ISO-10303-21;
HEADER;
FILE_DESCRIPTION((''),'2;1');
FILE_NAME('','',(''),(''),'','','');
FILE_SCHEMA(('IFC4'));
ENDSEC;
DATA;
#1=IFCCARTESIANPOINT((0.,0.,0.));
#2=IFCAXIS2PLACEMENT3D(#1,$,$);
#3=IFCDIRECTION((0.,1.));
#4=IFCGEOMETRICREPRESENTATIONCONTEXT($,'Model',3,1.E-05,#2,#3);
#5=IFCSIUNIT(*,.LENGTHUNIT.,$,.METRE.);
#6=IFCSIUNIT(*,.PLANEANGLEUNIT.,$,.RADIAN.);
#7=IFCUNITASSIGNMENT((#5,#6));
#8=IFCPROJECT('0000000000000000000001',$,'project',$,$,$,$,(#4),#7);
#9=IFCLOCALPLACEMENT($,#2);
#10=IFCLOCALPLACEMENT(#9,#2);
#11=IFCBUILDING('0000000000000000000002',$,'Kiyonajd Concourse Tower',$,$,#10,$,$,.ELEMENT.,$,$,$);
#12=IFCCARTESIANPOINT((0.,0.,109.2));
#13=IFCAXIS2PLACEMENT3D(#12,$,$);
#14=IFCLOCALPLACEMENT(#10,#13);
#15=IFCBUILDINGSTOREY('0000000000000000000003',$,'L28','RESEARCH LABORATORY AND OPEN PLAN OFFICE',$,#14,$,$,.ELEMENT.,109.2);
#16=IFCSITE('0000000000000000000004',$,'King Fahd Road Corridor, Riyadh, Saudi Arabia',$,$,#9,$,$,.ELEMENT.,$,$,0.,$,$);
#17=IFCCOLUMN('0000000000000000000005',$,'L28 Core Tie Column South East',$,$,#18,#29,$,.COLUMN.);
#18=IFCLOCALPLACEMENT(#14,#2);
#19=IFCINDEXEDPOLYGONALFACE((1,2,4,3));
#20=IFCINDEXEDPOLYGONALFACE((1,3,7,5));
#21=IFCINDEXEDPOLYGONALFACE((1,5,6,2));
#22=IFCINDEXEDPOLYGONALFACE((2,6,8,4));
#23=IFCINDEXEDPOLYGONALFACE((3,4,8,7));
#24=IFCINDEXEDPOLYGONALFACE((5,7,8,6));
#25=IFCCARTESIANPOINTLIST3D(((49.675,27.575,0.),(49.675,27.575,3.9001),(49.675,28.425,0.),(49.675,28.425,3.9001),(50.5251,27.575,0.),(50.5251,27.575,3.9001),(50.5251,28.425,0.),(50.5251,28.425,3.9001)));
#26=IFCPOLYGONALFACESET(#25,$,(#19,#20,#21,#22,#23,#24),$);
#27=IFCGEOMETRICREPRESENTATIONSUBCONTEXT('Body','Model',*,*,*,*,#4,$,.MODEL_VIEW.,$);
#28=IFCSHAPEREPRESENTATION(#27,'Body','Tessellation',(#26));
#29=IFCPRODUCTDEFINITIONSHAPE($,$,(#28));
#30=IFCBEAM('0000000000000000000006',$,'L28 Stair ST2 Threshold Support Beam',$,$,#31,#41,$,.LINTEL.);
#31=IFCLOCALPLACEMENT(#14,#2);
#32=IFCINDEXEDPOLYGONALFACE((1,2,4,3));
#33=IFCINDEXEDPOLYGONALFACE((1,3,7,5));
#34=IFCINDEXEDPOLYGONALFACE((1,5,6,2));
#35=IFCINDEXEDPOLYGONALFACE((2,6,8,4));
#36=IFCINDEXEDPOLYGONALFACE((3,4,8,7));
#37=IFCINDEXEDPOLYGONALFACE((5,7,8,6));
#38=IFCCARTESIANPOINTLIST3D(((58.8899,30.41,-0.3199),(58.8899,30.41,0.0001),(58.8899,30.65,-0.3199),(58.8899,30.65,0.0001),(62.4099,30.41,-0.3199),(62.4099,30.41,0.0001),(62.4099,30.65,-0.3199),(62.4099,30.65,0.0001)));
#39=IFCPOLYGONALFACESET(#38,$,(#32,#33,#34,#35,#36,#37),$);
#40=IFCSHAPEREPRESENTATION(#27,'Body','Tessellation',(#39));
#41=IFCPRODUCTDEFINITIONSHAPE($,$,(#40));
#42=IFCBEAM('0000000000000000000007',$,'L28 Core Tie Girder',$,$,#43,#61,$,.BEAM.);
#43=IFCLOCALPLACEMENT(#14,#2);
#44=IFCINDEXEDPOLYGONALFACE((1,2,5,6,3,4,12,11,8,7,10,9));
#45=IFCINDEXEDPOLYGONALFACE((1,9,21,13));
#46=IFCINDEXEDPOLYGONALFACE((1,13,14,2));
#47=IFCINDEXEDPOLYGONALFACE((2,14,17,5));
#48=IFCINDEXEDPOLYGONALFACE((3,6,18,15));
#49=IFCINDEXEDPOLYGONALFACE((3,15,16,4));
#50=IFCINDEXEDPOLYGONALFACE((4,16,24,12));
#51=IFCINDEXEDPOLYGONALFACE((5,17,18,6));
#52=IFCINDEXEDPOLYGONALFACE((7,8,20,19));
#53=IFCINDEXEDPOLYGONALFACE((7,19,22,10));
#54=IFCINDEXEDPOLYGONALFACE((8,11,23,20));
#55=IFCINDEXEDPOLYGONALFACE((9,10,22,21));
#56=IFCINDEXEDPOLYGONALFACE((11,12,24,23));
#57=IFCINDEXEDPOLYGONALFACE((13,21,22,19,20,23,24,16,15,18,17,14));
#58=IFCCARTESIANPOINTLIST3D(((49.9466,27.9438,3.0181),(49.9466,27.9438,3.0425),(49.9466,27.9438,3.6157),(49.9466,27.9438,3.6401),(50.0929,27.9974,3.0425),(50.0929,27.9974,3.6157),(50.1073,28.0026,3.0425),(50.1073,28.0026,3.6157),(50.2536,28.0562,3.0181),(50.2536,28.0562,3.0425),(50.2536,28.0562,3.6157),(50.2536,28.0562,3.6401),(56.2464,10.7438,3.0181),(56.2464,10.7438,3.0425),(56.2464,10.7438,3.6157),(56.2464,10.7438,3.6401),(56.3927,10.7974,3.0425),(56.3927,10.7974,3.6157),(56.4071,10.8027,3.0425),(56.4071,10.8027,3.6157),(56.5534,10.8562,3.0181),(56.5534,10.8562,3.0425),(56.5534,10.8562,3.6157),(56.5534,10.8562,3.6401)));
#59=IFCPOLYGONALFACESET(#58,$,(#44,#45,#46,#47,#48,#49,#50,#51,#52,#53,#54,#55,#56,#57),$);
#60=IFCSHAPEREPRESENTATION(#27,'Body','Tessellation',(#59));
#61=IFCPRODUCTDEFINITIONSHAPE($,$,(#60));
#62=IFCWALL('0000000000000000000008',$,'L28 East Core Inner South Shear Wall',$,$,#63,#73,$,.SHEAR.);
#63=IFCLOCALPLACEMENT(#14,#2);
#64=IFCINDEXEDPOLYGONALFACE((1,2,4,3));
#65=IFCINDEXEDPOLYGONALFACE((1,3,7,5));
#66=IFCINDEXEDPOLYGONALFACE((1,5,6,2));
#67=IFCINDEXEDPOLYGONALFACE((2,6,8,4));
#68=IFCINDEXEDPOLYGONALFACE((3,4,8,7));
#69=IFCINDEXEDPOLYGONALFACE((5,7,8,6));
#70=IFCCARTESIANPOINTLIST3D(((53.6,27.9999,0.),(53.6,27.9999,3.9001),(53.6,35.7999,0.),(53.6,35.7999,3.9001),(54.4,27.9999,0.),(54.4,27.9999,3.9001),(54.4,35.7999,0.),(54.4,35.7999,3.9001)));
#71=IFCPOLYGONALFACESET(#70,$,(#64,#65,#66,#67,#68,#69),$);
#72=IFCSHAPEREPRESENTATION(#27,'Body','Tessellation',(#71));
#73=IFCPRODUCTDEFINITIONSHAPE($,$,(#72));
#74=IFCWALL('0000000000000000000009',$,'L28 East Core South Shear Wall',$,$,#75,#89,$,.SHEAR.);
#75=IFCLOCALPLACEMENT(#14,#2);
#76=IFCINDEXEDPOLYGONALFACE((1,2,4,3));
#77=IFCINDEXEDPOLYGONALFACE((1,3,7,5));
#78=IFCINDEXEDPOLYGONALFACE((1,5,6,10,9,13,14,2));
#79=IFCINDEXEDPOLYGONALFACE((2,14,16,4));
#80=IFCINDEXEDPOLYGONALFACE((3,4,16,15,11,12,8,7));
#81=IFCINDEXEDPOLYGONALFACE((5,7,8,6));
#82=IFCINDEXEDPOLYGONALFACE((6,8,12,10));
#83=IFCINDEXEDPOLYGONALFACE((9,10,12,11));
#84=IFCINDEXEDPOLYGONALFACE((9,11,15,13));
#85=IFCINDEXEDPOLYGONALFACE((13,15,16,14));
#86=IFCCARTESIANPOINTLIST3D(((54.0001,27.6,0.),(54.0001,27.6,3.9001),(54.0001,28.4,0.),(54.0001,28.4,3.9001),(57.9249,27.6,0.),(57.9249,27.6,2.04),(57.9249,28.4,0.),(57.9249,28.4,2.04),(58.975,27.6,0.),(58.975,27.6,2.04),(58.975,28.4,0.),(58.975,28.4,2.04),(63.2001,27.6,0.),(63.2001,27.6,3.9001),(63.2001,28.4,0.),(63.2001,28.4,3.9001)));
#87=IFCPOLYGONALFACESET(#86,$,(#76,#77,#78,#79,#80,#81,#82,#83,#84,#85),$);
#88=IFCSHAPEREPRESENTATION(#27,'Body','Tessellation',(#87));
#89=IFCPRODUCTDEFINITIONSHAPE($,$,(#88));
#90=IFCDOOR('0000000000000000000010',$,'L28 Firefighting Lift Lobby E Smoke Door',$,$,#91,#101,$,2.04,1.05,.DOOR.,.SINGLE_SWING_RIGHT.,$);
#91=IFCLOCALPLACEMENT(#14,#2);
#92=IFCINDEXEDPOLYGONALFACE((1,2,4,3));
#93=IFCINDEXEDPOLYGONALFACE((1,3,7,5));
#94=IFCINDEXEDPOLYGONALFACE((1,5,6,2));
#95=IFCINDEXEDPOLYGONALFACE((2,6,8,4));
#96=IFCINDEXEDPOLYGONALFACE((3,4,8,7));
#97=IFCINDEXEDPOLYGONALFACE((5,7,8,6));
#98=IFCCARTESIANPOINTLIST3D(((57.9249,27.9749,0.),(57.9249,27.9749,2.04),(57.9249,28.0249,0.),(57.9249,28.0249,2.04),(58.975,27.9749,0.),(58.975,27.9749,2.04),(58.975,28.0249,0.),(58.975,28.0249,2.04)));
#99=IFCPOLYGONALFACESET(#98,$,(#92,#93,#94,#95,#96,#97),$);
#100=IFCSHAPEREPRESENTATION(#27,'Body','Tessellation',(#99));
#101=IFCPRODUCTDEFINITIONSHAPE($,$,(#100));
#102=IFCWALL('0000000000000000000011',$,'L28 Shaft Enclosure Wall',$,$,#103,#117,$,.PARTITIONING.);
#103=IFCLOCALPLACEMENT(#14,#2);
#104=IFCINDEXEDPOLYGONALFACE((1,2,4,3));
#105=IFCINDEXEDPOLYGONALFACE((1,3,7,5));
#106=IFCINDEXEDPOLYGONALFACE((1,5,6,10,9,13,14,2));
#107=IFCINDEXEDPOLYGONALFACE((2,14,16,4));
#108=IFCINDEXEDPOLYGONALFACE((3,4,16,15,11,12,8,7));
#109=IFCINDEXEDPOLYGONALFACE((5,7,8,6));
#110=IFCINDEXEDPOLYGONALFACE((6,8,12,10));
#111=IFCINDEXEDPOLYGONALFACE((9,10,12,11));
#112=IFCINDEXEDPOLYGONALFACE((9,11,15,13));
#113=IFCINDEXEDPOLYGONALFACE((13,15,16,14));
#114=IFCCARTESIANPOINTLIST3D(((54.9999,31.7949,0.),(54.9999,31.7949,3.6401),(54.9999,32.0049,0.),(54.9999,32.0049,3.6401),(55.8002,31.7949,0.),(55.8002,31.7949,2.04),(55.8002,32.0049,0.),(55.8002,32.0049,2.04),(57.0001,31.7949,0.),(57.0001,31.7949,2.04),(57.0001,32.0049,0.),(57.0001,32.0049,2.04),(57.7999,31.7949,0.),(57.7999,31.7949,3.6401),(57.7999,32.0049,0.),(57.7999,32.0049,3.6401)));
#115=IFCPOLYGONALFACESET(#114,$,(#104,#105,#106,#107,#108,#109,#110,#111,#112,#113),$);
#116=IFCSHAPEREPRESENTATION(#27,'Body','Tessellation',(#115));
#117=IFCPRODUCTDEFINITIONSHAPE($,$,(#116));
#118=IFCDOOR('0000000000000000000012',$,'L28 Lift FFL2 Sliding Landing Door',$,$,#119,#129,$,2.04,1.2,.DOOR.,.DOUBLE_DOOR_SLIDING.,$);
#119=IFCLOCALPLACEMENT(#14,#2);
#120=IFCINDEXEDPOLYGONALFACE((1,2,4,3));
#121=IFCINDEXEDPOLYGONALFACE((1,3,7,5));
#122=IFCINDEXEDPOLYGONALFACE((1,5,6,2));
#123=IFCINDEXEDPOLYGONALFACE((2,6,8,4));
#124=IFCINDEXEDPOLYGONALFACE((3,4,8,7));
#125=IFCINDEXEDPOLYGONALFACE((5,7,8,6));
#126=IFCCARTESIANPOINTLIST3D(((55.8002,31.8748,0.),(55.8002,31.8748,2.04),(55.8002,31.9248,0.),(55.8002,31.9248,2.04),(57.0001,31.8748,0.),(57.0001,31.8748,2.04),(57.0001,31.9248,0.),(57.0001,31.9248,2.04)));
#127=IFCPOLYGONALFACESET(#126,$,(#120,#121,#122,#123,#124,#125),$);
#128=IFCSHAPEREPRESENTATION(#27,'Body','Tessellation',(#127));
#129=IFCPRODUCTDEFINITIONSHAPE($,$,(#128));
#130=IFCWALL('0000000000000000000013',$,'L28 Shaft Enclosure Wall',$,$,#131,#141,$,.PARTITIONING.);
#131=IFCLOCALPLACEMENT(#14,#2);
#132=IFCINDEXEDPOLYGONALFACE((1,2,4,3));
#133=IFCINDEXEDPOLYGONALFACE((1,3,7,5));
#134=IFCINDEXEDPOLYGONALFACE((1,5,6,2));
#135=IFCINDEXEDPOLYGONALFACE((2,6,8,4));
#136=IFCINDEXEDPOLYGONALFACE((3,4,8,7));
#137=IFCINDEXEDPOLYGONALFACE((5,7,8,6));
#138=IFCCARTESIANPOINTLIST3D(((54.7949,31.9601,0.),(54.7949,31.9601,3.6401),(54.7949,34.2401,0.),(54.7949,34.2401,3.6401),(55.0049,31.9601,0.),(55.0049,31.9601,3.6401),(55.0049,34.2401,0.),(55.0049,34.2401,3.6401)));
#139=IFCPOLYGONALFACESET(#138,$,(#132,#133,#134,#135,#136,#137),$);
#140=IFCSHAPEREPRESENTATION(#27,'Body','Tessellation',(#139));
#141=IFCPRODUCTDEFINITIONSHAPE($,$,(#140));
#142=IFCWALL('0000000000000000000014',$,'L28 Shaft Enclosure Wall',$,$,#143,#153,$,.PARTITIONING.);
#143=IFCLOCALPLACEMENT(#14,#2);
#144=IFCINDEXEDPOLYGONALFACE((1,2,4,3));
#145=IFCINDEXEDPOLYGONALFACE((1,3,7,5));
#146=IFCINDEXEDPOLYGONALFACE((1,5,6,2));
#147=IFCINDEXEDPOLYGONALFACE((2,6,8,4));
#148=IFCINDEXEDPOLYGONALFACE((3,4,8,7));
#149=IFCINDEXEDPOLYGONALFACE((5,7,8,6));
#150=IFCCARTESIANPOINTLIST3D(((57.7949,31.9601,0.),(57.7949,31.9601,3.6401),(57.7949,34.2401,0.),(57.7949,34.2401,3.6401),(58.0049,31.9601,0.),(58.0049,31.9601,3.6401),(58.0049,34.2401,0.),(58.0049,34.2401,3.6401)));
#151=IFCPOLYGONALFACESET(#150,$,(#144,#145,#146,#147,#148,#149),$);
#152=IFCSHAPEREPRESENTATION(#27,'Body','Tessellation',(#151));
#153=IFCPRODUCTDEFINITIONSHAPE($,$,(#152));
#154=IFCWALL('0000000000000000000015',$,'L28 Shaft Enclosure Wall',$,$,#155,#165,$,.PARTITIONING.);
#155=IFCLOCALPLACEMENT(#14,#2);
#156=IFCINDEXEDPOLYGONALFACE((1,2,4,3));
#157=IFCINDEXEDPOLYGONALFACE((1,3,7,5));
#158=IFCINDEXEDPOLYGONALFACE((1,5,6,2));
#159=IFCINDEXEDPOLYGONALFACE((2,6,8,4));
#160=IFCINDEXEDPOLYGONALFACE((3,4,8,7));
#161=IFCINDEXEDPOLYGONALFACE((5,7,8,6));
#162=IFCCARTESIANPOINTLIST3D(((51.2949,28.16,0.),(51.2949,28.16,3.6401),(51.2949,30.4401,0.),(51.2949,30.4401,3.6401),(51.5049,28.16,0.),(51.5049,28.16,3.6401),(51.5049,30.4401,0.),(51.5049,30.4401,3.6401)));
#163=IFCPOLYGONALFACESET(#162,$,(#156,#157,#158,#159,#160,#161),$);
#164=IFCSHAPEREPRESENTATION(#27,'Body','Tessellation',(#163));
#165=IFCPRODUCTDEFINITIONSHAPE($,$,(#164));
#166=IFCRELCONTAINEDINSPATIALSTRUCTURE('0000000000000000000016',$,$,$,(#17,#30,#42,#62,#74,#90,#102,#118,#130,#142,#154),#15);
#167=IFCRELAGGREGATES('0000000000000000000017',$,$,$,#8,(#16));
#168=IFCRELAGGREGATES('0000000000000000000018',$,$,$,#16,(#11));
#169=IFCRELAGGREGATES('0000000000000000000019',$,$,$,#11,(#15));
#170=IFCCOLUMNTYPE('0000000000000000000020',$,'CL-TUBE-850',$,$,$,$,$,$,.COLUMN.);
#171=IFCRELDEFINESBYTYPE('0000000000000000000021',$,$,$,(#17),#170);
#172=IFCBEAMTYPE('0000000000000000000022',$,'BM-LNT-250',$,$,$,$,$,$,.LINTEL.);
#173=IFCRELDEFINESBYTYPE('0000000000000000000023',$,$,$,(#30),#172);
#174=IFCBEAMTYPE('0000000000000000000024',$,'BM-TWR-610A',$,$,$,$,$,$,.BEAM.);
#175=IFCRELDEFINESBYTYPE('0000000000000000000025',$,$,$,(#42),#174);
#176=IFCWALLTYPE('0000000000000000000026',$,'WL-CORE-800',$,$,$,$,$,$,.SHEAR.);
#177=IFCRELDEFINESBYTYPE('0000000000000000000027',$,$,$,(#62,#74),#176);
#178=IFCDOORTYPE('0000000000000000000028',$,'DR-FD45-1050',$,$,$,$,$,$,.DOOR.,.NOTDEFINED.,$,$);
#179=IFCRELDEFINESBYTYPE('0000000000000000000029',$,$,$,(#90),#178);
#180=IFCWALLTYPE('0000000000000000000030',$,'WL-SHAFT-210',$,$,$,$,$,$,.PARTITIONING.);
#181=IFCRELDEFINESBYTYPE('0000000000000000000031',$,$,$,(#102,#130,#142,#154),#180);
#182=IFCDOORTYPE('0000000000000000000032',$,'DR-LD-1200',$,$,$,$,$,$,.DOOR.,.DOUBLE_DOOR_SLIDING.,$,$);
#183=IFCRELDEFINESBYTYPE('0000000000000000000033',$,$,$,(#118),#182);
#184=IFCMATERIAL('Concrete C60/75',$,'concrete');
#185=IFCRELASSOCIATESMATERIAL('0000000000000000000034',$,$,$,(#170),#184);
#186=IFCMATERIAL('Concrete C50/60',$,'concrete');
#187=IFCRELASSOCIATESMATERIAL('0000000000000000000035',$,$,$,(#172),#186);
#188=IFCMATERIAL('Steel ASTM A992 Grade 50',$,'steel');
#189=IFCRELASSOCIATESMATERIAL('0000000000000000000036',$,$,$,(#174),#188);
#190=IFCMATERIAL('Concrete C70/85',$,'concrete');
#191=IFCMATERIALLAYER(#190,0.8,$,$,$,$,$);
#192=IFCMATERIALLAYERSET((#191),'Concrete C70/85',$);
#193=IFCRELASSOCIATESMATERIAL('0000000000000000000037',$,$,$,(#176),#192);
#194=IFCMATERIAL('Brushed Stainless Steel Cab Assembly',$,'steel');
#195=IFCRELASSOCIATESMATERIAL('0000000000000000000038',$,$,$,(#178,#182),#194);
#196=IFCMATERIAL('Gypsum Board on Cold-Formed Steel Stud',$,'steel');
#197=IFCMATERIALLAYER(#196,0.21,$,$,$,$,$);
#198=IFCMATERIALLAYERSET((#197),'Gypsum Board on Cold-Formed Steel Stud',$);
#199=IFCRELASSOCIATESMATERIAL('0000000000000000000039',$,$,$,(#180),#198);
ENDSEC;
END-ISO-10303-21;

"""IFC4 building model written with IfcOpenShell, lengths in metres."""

from ifc_helpers import new_model, si_unit, direction, frame, frame_2d, origin, origin_2d, place, context, subcontext, project, spatial, rectangle, i_section, extrude, material, layer, layer_set, material_profile, profile_set, type_object, element, fill, save


model = new_model("IFC4")

# Units and contexts
model_context = context("Model", 3, precision=1e-05, world=origin(), true_north=direction((0.0, 1.0)))
body_context = subcontext(model_context, "Body", "Model", "MODEL_VIEW")
ifc_project = project(units=[si_unit("LENGTHUNIT", "METRE"), si_unit("PLANEANGLEUNIT", "RADIAN")], contexts=[model_context])

# Site, building, storey
site_placement = place(None, origin())
site = spatial("IfcSite", under=ifc_project, at=site_placement, Name="King Fahd Road Corridor, Riyadh, Saudi Arabia", CompositionType="ELEMENT", RefElevation=0.0)
building_placement = place(site_placement, origin())
building = spatial("IfcBuilding", under=site, at=building_placement, Name="Kiyonajd Concourse Tower", CompositionType="ELEMENT")
storey_placement = place(building_placement, frame((0.0, 0.0, 109.2)))
storey = spatial("IfcBuildingStorey", under=building, at=storey_placement, Name="L28", Description="RESEARCH LABORATORY AND OPEN PLAN OFFICE", CompositionType="ELEMENT", Elevation=109.2)

# Column
ifc_material_1 = material(Name="Concrete C60/75", Category="concrete")
ifc_material_profile_1 = material_profile(ifc_material_1, rectangle(XDim=0.8501, YDim=0.8501, at=origin_2d()), Name="RC-850x850")
ifc_profile_set_1 = profile_set([ifc_material_profile_1], Name="Concrete C60/75")
column_type = type_object("IfcColumnType", Name="CL-TUBE-850", PredefinedType="COLUMN", material=ifc_profile_set_1)
column_placement = place(storey_placement, frame((50.1001, 28.0, 0.0), z_axis=(0.0, 0.0, 1.0), x_axis=(1.0, 0.0, 0.0)))
element("IfcColumn", 1, at=column_placement, inside=storey, type_object=column_type, Name="L28 Core Tie Column South East", PredefinedType="COLUMN", context=body_context, shape_type="SweptSolid", body=[
    extrude(rectangle(XDim=0.8501, YDim=0.8501, at=origin_2d()), origin(), (0.0, 0.0, 1.0), 3.9001),
])

# Beams
ifc_material_2 = material(Name="Concrete C50/60", Category="concrete")
ifc_material_profile_2 = material_profile(ifc_material_2, rectangle(XDim=0.24, YDim=0.3201, at=origin_2d()), Name="RCBM-240x320")
ifc_profile_set_2 = profile_set([ifc_material_profile_2], Name="Concrete C50/60")
beam_type_1 = type_object("IfcBeamType", Name="BM-LNT-250", PredefinedType="LINTEL", material=ifc_profile_set_2)
beam_1_placement = place(storey_placement, frame((58.8899, 30.53, -0.1599), z_axis=(1.0, 0.0, 0.0), x_axis=(0.0, 1.0, 0.0)))
element("IfcBeam", 2, at=beam_1_placement, inside=storey, type_object=beam_type_1, Name="L28 Stair ST2 Threshold Support Beam", PredefinedType="LINTEL", context=body_context, shape_type="SweptSolid", body=[
    extrude(rectangle(XDim=0.24, YDim=0.3201, at=origin_2d()), origin(), (0.0, 0.0, 1.0), 3.52),
])
ifc_material_3 = material(Name="Steel ASTM A992 Grade 50", Category="steel")
ifc_material_profile_3 = material_profile(ifc_material_3, i_section(OverallWidth=0.3269, OverallDepth=0.6221, WebThickness=0.0154, FlangeThickness=0.0244, at=origin_2d()), Name="W610X195")
ifc_profile_set_3 = profile_set([ifc_material_profile_3], Name="Steel ASTM A992 Grade 50")
beam_type_2 = type_object("IfcBeamType", Name="BM-TWR-610A", PredefinedType="BEAM", material=ifc_profile_set_3)
beam_2_placement = place(storey_placement, frame((50.1001, 28.0, 3.3291), z_axis=(0.343925, -0.938997, 0.0), x_axis=(0.938997, 0.343925, 0.0)))
element("IfcBeam", 3, at=beam_2_placement, inside=storey, type_object=beam_type_2, Name="L28 Core Tie Girder", PredefinedType="BEAM", context=body_context, shape_type="SweptSolid", body=[
    extrude(i_section(OverallWidth=0.3269, OverallDepth=0.6221, WebThickness=0.0154, FlangeThickness=0.0244, at=origin_2d()), origin(), (0.0, 0.0, 1.0), 18.3174),
])

# Wall
ifc_material_4 = material(Name="Concrete C70/85", Category="concrete")
ifc_layer_1 = layer(ifc_material_4, 0.8)
ifc_layer_set_1 = layer_set([ifc_layer_1], Name="Concrete C70/85")
wall_type_1 = type_object("IfcWallType", Name="WL-CORE-800", PredefinedType="SHEAR", material=ifc_layer_set_1)
wall_1_placement = place(storey_placement, frame((54.0, 28.0, 0.0), z_axis=(0.0, 0.0, 1.0), x_axis=(0.0, 1.0, 0.0)))
element("IfcWall", 4, at=wall_1_placement, inside=storey, type_object=wall_type_1, Name="L28 East Core Inner South Shear Wall", PredefinedType="SHEAR", context=body_context, shape_type="SweptSolid", body=[
    extrude(rectangle(XDim=7.8, YDim=0.8, at=frame_2d((3.8999, 0.0))), origin(), (0.0, 0.0, 1.0), 3.9001),
])

# Walls, openings, doors
wall_2_placement = place(storey_placement, frame((54.0, 28.0, 0.0), z_axis=(0.0, 0.0, 1.0), x_axis=(1.0, 0.0, 0.0)))
wall_2 = element("IfcWall", 5, at=wall_2_placement, inside=storey, type_object=wall_type_1, Name="L28 East Core South Shear Wall", PredefinedType="SHEAR", context=body_context, shape_type="SweptSolid", body=[
    extrude(rectangle(XDim=9.2, YDim=0.8, at=frame_2d((4.6001, 0.0))), origin(), (0.0, 0.0, 1.0), 3.9001),
])
opening_1_placement = place(wall_2_placement, frame((3.925, 0.0, 0.0)))
opening_1 = element("IfcOpeningElement", 6, at=opening_1_placement, cuts=wall_2, PredefinedType="OPENING", context=body_context, shape_type="SweptSolid", body=[
    extrude(rectangle(XDim=1.05, YDim=2.04, at=frame_2d((0.5249, 1.02))), frame((0.0, 0.4099, 0.0), z_axis=(0.0, -1.0, 0.0), x_axis=(1.0, 0.0, 0.0)), (0.0, 0.0, 1.0), 0.8201),
])
ifc_material_5 = material(Name="Brushed Stainless Steel Cab Assembly", Category="steel")
door_type_1 = type_object("IfcDoorType", Name="DR-FD45-1050", OperationType="NOTDEFINED", PredefinedType="DOOR", material=ifc_material_5)
door_1_placement = place(opening_1_placement, origin())
door_1 = element("IfcDoor", 7, at=door_1_placement, inside=storey, type_object=door_type_1, Name="L28 Firefighting Lift Lobby E Smoke Door", OperationType="SINGLE_SWING_RIGHT", OverallHeight=2.04, OverallWidth=1.05, PredefinedType="DOOR", context=body_context, shape_type="SweptSolid", body=[
    extrude(rectangle(XDim=1.05, YDim=2.04, at=frame_2d((0.5249, 1.02))), frame((0.0, 0.0249, 0.0), z_axis=(0.0, -1.0, 0.0), x_axis=(1.0, 0.0, 0.0)), (0.0, 0.0, 1.0), 0.05),
])
fill(opening_1, door_1)
ifc_material_6 = material(Name="Gypsum Board on Cold-Formed Steel Stud", Category="steel")
ifc_layer_2 = layer(ifc_material_6, 0.21)
ifc_layer_set_2 = layer_set([ifc_layer_2], Name="Gypsum Board on Cold-Formed Steel Stud")
wall_type_2 = type_object("IfcWallType", Name="WL-SHAFT-210", PredefinedType="PARTITIONING", material=ifc_layer_set_2)
wall_3_placement = place(storey_placement, frame((55.0, 31.8999, 0.0), z_axis=(0.0, 0.0, 1.0), x_axis=(1.0, 0.0, 0.0)))
wall_3 = element("IfcWall", 8, at=wall_3_placement, inside=storey, type_object=wall_type_2, Name="L28 Shaft Enclosure Wall", PredefinedType="PARTITIONING", context=body_context, shape_type="SweptSolid", body=[
    extrude(rectangle(XDim=2.8, YDim=0.21, at=frame_2d((1.3999, 0.0))), origin(), (0.0, 0.0, 1.0), 3.6401),
])
opening_2_placement = place(wall_3_placement, frame((0.8, 0.0, 0.0)))
opening_2 = element("IfcOpeningElement", 9, at=opening_2_placement, cuts=wall_3, PredefinedType="OPENING", context=body_context, shape_type="SweptSolid", body=[
    extrude(rectangle(XDim=1.2, YDim=2.04, at=frame_2d((0.6001, 1.02))), frame((0.0, 0.115, 0.0), z_axis=(0.0, -1.0, 0.0), x_axis=(1.0, 0.0, 0.0)), (0.0, 0.0, 1.0), 0.23),
])
door_type_2 = type_object("IfcDoorType", Name="DR-LD-1200", OperationType="DOUBLE_DOOR_SLIDING", PredefinedType="DOOR", material=ifc_material_5)
door_2_placement = place(opening_2_placement, origin())
door_2 = element("IfcDoor", 10, at=door_2_placement, inside=storey, type_object=door_type_2, Name="L28 Lift FFL2 Sliding Landing Door", OperationType="DOUBLE_DOOR_SLIDING", OverallHeight=2.04, OverallWidth=1.2, PredefinedType="DOOR", context=body_context, shape_type="SweptSolid", body=[
    extrude(rectangle(XDim=1.2, YDim=2.04, at=frame_2d((0.6001, 1.02))), frame((0.0, 0.0249, 0.0), z_axis=(0.0, -1.0, 0.0), x_axis=(1.0, 0.0, 0.0)), (0.0, 0.0, 1.0), 0.05),
])
fill(opening_2, door_2)

# Walls
for number, where, z_axis, x_axis, name in (
    (11, (54.8999, 31.96, 0.0), (0.0, 0.0, 1.0), (0.0, 1.0, 0.0), "L28 Shaft Enclosure Wall"),
    (12, (57.8999, 31.96, 0.0), (0.0, 0.0, 1.0), (0.0, 1.0, 0.0), "L28 Shaft Enclosure Wall"),
    (13, (51.3999, 28.1599, 0.0), (0.0, 0.0, 1.0), (0.0, 1.0, 0.0), "L28 Shaft Enclosure Wall"),
):
    element("IfcWall", number, at=place(storey_placement, frame(where, z_axis=z_axis, x_axis=x_axis)), inside=storey, type_object=wall_type_2, Name=name, PredefinedType="PARTITIONING", context=body_context, shape_type="SweptSolid", body=[
        extrude(rectangle(XDim=2.28, YDim=0.21, at=frame_2d((1.1401, 0.0))), origin(), (0.0, 0.0, 1.0), 3.6401),
    ])

save(model, "model.ifc")
